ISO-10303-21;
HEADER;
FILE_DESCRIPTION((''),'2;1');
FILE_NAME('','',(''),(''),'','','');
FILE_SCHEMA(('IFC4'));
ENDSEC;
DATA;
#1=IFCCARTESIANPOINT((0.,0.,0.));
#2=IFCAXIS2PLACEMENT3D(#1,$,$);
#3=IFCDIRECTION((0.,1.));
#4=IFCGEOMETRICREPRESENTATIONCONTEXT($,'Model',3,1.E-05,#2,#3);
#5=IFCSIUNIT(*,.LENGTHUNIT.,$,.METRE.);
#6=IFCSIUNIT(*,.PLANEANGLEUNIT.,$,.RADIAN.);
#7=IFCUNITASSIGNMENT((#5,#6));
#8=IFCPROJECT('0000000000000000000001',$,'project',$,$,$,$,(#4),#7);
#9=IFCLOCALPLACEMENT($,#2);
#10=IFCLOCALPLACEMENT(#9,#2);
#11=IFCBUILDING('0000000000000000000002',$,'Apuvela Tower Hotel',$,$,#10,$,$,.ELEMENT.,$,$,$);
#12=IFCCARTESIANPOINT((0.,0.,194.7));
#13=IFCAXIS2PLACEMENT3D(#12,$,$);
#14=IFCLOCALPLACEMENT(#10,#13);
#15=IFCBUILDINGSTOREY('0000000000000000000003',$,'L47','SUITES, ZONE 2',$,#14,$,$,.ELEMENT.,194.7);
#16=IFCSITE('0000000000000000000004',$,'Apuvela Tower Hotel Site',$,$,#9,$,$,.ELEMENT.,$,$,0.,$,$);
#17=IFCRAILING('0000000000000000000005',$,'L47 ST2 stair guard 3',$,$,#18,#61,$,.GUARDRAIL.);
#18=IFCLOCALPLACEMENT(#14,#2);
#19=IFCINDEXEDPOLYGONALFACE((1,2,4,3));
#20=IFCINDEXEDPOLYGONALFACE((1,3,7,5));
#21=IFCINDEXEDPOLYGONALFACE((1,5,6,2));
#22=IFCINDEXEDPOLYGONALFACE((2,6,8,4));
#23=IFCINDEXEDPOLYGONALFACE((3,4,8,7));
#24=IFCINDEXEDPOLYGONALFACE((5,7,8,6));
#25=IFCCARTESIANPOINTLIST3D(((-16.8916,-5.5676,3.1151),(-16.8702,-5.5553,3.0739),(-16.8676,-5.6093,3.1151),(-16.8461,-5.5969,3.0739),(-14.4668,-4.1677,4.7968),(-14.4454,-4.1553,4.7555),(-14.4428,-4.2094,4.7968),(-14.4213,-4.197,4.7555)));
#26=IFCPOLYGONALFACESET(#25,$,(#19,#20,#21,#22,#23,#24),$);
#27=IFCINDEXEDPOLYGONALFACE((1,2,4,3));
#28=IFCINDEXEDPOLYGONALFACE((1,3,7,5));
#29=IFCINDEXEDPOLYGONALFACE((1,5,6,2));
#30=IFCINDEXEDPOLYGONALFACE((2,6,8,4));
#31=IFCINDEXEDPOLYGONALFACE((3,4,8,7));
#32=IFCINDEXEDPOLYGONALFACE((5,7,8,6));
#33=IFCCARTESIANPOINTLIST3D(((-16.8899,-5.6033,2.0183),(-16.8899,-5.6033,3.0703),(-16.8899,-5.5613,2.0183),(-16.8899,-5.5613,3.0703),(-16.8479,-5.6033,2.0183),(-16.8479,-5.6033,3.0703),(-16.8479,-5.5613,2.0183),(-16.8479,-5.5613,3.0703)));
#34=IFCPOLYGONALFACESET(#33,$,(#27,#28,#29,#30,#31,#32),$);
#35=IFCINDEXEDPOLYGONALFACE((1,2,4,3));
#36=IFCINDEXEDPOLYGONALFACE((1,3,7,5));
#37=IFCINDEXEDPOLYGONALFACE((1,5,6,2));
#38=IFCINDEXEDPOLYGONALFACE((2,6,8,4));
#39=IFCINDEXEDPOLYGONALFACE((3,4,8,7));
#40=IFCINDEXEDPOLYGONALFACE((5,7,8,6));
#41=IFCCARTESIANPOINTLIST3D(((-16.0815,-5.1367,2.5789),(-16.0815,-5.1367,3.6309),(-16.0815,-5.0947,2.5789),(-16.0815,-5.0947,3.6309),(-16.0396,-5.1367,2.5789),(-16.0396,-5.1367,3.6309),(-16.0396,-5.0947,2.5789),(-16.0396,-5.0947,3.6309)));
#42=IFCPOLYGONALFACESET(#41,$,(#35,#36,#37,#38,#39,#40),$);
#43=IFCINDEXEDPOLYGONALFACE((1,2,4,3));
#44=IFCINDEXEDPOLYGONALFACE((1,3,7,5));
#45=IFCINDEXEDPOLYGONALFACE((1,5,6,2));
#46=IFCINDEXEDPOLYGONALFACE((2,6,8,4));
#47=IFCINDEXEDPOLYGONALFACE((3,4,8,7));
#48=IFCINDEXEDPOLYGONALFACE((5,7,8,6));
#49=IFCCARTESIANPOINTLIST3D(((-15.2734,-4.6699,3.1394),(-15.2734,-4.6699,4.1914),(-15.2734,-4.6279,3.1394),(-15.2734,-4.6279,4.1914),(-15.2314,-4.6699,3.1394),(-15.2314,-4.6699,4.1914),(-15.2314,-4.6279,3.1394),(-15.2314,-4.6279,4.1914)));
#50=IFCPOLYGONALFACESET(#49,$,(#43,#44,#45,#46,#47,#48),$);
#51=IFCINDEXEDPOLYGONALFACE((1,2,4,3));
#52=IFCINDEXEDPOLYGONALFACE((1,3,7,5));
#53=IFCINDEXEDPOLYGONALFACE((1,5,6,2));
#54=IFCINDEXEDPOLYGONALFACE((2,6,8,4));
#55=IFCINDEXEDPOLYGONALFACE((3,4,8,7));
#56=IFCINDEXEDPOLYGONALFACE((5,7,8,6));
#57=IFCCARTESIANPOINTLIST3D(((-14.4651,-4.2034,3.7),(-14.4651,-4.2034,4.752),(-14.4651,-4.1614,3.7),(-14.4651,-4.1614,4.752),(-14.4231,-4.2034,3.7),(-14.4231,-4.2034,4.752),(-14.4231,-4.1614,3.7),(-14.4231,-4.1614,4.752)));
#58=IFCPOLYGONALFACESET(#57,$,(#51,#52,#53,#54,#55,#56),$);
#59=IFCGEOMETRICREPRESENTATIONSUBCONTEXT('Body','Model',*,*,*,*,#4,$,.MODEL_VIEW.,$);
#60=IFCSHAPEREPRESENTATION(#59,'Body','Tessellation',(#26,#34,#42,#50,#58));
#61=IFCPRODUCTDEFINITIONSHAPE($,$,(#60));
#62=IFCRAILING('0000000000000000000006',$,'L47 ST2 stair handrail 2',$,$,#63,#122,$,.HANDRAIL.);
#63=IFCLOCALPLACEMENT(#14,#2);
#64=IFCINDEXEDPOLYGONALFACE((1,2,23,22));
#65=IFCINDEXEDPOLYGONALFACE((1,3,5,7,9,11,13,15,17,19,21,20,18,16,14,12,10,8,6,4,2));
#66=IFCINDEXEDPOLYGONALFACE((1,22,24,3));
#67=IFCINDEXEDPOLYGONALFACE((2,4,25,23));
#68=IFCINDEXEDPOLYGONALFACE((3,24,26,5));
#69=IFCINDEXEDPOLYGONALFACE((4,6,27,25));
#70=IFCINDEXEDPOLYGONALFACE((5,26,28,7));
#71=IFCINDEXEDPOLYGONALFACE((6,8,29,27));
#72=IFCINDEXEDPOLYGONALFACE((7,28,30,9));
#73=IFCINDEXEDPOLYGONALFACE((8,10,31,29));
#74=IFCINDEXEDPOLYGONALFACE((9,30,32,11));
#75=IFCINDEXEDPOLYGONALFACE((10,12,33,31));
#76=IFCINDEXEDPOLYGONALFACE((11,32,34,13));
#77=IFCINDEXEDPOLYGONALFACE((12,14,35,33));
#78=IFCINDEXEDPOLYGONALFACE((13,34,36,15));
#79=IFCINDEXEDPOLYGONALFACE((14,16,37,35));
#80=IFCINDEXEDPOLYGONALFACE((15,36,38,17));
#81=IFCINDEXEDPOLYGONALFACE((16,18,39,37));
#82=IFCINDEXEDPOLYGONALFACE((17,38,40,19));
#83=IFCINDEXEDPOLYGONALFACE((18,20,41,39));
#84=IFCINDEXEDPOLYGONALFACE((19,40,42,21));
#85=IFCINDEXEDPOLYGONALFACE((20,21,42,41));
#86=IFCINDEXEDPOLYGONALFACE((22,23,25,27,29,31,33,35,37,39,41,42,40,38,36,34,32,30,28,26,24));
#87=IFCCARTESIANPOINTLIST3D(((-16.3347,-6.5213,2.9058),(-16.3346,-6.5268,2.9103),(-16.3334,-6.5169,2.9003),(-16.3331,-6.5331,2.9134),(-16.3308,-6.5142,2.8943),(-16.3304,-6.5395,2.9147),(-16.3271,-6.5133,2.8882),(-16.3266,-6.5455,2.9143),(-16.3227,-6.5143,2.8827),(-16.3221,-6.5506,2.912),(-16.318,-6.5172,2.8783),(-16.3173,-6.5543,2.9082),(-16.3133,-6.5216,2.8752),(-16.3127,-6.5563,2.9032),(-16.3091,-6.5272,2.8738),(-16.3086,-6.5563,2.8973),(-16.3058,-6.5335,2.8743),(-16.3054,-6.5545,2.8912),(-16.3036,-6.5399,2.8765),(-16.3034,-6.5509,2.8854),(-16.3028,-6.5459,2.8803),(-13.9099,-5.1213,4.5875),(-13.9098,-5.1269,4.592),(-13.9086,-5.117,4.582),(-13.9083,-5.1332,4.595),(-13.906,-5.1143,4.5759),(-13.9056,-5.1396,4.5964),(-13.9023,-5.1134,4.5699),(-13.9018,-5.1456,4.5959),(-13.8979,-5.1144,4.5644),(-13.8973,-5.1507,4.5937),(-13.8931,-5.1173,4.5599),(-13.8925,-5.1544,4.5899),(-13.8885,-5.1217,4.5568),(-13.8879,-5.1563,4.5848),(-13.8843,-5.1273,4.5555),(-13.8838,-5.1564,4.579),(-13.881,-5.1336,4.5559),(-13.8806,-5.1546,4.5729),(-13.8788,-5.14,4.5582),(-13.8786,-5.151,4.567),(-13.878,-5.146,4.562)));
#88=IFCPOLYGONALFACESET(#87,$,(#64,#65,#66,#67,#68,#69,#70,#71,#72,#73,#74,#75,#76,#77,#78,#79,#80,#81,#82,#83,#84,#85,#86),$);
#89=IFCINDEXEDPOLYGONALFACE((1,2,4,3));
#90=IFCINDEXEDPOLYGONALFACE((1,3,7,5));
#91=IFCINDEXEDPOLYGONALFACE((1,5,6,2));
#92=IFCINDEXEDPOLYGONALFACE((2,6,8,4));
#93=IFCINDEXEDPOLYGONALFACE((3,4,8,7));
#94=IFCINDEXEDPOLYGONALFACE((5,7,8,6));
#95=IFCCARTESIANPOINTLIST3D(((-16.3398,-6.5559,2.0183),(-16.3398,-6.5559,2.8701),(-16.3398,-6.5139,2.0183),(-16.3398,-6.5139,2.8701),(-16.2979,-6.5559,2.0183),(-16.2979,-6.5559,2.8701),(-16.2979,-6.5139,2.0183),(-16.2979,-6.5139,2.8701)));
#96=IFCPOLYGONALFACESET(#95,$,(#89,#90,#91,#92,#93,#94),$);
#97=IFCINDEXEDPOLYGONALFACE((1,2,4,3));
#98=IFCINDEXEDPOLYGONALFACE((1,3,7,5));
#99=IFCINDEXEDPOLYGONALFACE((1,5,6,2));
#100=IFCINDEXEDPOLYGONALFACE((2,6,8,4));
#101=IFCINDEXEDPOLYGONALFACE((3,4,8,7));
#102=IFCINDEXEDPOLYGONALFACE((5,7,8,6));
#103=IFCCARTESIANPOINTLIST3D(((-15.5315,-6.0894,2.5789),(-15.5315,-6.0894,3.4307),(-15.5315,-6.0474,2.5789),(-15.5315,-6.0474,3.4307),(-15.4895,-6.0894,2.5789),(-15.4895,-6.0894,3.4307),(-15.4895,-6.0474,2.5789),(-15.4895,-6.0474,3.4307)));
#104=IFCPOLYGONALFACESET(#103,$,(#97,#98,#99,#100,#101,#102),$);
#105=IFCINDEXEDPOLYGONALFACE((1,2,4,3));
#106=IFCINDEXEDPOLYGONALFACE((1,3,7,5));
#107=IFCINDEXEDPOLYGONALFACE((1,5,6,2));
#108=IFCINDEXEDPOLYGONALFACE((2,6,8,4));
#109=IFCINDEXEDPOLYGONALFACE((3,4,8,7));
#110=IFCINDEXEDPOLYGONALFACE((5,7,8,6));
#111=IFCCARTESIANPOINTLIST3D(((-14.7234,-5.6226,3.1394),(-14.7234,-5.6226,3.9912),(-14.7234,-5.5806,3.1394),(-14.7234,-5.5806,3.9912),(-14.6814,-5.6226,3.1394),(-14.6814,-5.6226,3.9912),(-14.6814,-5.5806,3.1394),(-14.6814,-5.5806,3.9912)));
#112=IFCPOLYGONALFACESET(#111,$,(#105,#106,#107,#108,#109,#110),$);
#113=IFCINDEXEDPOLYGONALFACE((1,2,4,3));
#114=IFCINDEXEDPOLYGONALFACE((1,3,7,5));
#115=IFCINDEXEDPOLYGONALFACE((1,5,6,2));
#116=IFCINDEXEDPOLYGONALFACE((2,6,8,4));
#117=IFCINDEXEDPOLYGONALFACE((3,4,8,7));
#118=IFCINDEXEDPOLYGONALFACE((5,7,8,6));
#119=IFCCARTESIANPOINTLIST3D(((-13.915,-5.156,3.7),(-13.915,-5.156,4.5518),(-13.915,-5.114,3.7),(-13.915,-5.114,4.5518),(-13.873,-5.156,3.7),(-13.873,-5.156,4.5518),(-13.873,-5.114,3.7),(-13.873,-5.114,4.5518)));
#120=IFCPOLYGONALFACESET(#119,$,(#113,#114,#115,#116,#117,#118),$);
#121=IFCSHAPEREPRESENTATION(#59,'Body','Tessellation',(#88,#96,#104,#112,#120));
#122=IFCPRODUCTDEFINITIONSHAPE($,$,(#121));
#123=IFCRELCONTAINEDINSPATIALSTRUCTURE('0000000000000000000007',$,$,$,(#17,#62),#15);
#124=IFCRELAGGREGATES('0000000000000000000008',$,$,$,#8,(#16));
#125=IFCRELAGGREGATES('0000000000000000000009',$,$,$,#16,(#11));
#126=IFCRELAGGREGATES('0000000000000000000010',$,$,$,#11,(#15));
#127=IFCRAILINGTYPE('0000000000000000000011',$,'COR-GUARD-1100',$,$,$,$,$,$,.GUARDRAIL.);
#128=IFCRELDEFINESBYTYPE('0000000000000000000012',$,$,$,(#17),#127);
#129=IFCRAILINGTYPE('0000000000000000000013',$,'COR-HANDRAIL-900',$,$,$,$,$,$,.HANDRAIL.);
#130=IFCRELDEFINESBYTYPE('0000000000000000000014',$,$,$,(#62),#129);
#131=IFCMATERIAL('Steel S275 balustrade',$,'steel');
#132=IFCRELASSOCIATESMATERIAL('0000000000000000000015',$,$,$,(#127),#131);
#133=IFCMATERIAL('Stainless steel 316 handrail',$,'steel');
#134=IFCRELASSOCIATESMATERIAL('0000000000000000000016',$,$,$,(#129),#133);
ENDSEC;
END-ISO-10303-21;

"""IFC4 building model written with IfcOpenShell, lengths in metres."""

from ifc_helpers import new_model, si_unit, direction, frame, origin, origin_2d, place, context, subcontext, project, spatial, rectangle, circle, extrude, material, type_object, element, save


model = new_model("IFC4")

# Units and contexts
model_context = context("Model", 3, precision=1e-05, world=origin(), true_north=direction((0.0, 1.0)))
body_context = subcontext(model_context, "Body", "Model", "MODEL_VIEW")
ifc_project = project(units=[si_unit("LENGTHUNIT", "METRE"), si_unit("PLANEANGLEUNIT", "RADIAN")], contexts=[model_context])

# Site, building, storey
site_placement = place(None, origin())
site = spatial("IfcSite", under=ifc_project, at=site_placement, Name="Apuvela Tower Hotel Site", CompositionType="ELEMENT", RefElevation=0.0)
building_placement = place(site_placement, origin())
building = spatial("IfcBuilding", under=site, at=building_placement, Name="Apuvela Tower Hotel", CompositionType="ELEMENT")
storey_placement = place(building_placement, frame((0.0, 0.0, 194.7)))
storey = spatial("IfcBuildingStorey", under=building, at=storey_placement, Name="L47", Description="SUITES, ZONE 2", CompositionType="ELEMENT", Elevation=194.7)

# Railings
ifc_material_1 = material(Name="Steel S275 balustrade", Category="steel")
railing_type_1 = type_object("IfcRailingType", Name="COR-GUARD-1100", PredefinedType="GUARDRAIL", material=ifc_material_1)
railing_1_placement = place(storey_placement, frame((-16.8689, -5.5823, 2.0183)))
element("IfcRailing", 1, at=railing_1_placement, inside=storey, type_object=railing_type_1, Name="L47 ST2 stair guard 3", PredefinedType="GUARDRAIL", context=body_context, shape_type="SweptSolid", body=[
    extrude(rectangle(XDim=0.0481, YDim=0.0481, at=origin_2d()), frame((0.0, 0.0, 1.0762), z_axis=(0.742419, 0.428618, 0.514879), x_axis=(-0.499984, 0.866035, 0.0)), (0.0, 0.0, 1.0), 3.2661),
    extrude(rectangle(XDim=0.042, YDim=0.042, at=origin_2d()), origin(), (0.0, 0.0, 1.0), 1.052),
    extrude(rectangle(XDim=0.042, YDim=0.042, at=origin_2d()), frame((0.8083, 0.4666, 0.5605)), (0.0, 0.0, 1.0), 1.052),
    extrude(rectangle(XDim=0.042, YDim=0.042, at=origin_2d()), frame((1.6165, 0.9333, 1.1211)), (0.0, 0.0, 1.0), 1.052),
    extrude(rectangle(XDim=0.042, YDim=0.042, at=origin_2d()), frame((2.4248, 1.3999, 1.6816)), (0.0, 0.0, 1.0), 1.052),
])
ifc_material_2 = material(Name="Stainless steel 316 handrail", Category="steel")
railing_type_2 = type_object("IfcRailingType", Name="COR-HANDRAIL-900", PredefinedType="HANDRAIL", material=ifc_material_2)
railing_2_placement = place(storey_placement, frame((-16.3188, -6.5349, 2.0183)))
element("IfcRailing", 2, at=railing_2_placement, inside=storey, type_object=railing_type_2, Name="L47 ST2 stair handrail 2", PredefinedType="HANDRAIL", context=body_context, shape_type="SweptSolid", body=[
    extrude(circle(Radius=0.0239, at=origin_2d()), frame((0.0, 0.0, 0.876), z_axis=(0.742419, 0.428618, 0.514879), x_axis=(-0.499984, 0.866035, 0.0)), (0.0, 0.0, 1.0), 3.2661),
    extrude(rectangle(XDim=0.042, YDim=0.042, at=origin_2d()), origin(), (0.0, 0.0, 1.0), 0.8518),
    extrude(rectangle(XDim=0.042, YDim=0.042, at=origin_2d()), frame((0.8083, 0.4666, 0.5605)), (0.0, 0.0, 1.0), 0.8518),
    extrude(rectangle(XDim=0.042, YDim=0.042, at=origin_2d()), frame((1.6165, 0.9333, 1.1211)), (0.0, 0.0, 1.0), 0.8518),
    extrude(rectangle(XDim=0.042, YDim=0.042, at=origin_2d()), frame((2.4248, 1.3999, 1.6816)), (0.0, 0.0, 1.0), 0.8518),
])

save(model, "model.ifc")
